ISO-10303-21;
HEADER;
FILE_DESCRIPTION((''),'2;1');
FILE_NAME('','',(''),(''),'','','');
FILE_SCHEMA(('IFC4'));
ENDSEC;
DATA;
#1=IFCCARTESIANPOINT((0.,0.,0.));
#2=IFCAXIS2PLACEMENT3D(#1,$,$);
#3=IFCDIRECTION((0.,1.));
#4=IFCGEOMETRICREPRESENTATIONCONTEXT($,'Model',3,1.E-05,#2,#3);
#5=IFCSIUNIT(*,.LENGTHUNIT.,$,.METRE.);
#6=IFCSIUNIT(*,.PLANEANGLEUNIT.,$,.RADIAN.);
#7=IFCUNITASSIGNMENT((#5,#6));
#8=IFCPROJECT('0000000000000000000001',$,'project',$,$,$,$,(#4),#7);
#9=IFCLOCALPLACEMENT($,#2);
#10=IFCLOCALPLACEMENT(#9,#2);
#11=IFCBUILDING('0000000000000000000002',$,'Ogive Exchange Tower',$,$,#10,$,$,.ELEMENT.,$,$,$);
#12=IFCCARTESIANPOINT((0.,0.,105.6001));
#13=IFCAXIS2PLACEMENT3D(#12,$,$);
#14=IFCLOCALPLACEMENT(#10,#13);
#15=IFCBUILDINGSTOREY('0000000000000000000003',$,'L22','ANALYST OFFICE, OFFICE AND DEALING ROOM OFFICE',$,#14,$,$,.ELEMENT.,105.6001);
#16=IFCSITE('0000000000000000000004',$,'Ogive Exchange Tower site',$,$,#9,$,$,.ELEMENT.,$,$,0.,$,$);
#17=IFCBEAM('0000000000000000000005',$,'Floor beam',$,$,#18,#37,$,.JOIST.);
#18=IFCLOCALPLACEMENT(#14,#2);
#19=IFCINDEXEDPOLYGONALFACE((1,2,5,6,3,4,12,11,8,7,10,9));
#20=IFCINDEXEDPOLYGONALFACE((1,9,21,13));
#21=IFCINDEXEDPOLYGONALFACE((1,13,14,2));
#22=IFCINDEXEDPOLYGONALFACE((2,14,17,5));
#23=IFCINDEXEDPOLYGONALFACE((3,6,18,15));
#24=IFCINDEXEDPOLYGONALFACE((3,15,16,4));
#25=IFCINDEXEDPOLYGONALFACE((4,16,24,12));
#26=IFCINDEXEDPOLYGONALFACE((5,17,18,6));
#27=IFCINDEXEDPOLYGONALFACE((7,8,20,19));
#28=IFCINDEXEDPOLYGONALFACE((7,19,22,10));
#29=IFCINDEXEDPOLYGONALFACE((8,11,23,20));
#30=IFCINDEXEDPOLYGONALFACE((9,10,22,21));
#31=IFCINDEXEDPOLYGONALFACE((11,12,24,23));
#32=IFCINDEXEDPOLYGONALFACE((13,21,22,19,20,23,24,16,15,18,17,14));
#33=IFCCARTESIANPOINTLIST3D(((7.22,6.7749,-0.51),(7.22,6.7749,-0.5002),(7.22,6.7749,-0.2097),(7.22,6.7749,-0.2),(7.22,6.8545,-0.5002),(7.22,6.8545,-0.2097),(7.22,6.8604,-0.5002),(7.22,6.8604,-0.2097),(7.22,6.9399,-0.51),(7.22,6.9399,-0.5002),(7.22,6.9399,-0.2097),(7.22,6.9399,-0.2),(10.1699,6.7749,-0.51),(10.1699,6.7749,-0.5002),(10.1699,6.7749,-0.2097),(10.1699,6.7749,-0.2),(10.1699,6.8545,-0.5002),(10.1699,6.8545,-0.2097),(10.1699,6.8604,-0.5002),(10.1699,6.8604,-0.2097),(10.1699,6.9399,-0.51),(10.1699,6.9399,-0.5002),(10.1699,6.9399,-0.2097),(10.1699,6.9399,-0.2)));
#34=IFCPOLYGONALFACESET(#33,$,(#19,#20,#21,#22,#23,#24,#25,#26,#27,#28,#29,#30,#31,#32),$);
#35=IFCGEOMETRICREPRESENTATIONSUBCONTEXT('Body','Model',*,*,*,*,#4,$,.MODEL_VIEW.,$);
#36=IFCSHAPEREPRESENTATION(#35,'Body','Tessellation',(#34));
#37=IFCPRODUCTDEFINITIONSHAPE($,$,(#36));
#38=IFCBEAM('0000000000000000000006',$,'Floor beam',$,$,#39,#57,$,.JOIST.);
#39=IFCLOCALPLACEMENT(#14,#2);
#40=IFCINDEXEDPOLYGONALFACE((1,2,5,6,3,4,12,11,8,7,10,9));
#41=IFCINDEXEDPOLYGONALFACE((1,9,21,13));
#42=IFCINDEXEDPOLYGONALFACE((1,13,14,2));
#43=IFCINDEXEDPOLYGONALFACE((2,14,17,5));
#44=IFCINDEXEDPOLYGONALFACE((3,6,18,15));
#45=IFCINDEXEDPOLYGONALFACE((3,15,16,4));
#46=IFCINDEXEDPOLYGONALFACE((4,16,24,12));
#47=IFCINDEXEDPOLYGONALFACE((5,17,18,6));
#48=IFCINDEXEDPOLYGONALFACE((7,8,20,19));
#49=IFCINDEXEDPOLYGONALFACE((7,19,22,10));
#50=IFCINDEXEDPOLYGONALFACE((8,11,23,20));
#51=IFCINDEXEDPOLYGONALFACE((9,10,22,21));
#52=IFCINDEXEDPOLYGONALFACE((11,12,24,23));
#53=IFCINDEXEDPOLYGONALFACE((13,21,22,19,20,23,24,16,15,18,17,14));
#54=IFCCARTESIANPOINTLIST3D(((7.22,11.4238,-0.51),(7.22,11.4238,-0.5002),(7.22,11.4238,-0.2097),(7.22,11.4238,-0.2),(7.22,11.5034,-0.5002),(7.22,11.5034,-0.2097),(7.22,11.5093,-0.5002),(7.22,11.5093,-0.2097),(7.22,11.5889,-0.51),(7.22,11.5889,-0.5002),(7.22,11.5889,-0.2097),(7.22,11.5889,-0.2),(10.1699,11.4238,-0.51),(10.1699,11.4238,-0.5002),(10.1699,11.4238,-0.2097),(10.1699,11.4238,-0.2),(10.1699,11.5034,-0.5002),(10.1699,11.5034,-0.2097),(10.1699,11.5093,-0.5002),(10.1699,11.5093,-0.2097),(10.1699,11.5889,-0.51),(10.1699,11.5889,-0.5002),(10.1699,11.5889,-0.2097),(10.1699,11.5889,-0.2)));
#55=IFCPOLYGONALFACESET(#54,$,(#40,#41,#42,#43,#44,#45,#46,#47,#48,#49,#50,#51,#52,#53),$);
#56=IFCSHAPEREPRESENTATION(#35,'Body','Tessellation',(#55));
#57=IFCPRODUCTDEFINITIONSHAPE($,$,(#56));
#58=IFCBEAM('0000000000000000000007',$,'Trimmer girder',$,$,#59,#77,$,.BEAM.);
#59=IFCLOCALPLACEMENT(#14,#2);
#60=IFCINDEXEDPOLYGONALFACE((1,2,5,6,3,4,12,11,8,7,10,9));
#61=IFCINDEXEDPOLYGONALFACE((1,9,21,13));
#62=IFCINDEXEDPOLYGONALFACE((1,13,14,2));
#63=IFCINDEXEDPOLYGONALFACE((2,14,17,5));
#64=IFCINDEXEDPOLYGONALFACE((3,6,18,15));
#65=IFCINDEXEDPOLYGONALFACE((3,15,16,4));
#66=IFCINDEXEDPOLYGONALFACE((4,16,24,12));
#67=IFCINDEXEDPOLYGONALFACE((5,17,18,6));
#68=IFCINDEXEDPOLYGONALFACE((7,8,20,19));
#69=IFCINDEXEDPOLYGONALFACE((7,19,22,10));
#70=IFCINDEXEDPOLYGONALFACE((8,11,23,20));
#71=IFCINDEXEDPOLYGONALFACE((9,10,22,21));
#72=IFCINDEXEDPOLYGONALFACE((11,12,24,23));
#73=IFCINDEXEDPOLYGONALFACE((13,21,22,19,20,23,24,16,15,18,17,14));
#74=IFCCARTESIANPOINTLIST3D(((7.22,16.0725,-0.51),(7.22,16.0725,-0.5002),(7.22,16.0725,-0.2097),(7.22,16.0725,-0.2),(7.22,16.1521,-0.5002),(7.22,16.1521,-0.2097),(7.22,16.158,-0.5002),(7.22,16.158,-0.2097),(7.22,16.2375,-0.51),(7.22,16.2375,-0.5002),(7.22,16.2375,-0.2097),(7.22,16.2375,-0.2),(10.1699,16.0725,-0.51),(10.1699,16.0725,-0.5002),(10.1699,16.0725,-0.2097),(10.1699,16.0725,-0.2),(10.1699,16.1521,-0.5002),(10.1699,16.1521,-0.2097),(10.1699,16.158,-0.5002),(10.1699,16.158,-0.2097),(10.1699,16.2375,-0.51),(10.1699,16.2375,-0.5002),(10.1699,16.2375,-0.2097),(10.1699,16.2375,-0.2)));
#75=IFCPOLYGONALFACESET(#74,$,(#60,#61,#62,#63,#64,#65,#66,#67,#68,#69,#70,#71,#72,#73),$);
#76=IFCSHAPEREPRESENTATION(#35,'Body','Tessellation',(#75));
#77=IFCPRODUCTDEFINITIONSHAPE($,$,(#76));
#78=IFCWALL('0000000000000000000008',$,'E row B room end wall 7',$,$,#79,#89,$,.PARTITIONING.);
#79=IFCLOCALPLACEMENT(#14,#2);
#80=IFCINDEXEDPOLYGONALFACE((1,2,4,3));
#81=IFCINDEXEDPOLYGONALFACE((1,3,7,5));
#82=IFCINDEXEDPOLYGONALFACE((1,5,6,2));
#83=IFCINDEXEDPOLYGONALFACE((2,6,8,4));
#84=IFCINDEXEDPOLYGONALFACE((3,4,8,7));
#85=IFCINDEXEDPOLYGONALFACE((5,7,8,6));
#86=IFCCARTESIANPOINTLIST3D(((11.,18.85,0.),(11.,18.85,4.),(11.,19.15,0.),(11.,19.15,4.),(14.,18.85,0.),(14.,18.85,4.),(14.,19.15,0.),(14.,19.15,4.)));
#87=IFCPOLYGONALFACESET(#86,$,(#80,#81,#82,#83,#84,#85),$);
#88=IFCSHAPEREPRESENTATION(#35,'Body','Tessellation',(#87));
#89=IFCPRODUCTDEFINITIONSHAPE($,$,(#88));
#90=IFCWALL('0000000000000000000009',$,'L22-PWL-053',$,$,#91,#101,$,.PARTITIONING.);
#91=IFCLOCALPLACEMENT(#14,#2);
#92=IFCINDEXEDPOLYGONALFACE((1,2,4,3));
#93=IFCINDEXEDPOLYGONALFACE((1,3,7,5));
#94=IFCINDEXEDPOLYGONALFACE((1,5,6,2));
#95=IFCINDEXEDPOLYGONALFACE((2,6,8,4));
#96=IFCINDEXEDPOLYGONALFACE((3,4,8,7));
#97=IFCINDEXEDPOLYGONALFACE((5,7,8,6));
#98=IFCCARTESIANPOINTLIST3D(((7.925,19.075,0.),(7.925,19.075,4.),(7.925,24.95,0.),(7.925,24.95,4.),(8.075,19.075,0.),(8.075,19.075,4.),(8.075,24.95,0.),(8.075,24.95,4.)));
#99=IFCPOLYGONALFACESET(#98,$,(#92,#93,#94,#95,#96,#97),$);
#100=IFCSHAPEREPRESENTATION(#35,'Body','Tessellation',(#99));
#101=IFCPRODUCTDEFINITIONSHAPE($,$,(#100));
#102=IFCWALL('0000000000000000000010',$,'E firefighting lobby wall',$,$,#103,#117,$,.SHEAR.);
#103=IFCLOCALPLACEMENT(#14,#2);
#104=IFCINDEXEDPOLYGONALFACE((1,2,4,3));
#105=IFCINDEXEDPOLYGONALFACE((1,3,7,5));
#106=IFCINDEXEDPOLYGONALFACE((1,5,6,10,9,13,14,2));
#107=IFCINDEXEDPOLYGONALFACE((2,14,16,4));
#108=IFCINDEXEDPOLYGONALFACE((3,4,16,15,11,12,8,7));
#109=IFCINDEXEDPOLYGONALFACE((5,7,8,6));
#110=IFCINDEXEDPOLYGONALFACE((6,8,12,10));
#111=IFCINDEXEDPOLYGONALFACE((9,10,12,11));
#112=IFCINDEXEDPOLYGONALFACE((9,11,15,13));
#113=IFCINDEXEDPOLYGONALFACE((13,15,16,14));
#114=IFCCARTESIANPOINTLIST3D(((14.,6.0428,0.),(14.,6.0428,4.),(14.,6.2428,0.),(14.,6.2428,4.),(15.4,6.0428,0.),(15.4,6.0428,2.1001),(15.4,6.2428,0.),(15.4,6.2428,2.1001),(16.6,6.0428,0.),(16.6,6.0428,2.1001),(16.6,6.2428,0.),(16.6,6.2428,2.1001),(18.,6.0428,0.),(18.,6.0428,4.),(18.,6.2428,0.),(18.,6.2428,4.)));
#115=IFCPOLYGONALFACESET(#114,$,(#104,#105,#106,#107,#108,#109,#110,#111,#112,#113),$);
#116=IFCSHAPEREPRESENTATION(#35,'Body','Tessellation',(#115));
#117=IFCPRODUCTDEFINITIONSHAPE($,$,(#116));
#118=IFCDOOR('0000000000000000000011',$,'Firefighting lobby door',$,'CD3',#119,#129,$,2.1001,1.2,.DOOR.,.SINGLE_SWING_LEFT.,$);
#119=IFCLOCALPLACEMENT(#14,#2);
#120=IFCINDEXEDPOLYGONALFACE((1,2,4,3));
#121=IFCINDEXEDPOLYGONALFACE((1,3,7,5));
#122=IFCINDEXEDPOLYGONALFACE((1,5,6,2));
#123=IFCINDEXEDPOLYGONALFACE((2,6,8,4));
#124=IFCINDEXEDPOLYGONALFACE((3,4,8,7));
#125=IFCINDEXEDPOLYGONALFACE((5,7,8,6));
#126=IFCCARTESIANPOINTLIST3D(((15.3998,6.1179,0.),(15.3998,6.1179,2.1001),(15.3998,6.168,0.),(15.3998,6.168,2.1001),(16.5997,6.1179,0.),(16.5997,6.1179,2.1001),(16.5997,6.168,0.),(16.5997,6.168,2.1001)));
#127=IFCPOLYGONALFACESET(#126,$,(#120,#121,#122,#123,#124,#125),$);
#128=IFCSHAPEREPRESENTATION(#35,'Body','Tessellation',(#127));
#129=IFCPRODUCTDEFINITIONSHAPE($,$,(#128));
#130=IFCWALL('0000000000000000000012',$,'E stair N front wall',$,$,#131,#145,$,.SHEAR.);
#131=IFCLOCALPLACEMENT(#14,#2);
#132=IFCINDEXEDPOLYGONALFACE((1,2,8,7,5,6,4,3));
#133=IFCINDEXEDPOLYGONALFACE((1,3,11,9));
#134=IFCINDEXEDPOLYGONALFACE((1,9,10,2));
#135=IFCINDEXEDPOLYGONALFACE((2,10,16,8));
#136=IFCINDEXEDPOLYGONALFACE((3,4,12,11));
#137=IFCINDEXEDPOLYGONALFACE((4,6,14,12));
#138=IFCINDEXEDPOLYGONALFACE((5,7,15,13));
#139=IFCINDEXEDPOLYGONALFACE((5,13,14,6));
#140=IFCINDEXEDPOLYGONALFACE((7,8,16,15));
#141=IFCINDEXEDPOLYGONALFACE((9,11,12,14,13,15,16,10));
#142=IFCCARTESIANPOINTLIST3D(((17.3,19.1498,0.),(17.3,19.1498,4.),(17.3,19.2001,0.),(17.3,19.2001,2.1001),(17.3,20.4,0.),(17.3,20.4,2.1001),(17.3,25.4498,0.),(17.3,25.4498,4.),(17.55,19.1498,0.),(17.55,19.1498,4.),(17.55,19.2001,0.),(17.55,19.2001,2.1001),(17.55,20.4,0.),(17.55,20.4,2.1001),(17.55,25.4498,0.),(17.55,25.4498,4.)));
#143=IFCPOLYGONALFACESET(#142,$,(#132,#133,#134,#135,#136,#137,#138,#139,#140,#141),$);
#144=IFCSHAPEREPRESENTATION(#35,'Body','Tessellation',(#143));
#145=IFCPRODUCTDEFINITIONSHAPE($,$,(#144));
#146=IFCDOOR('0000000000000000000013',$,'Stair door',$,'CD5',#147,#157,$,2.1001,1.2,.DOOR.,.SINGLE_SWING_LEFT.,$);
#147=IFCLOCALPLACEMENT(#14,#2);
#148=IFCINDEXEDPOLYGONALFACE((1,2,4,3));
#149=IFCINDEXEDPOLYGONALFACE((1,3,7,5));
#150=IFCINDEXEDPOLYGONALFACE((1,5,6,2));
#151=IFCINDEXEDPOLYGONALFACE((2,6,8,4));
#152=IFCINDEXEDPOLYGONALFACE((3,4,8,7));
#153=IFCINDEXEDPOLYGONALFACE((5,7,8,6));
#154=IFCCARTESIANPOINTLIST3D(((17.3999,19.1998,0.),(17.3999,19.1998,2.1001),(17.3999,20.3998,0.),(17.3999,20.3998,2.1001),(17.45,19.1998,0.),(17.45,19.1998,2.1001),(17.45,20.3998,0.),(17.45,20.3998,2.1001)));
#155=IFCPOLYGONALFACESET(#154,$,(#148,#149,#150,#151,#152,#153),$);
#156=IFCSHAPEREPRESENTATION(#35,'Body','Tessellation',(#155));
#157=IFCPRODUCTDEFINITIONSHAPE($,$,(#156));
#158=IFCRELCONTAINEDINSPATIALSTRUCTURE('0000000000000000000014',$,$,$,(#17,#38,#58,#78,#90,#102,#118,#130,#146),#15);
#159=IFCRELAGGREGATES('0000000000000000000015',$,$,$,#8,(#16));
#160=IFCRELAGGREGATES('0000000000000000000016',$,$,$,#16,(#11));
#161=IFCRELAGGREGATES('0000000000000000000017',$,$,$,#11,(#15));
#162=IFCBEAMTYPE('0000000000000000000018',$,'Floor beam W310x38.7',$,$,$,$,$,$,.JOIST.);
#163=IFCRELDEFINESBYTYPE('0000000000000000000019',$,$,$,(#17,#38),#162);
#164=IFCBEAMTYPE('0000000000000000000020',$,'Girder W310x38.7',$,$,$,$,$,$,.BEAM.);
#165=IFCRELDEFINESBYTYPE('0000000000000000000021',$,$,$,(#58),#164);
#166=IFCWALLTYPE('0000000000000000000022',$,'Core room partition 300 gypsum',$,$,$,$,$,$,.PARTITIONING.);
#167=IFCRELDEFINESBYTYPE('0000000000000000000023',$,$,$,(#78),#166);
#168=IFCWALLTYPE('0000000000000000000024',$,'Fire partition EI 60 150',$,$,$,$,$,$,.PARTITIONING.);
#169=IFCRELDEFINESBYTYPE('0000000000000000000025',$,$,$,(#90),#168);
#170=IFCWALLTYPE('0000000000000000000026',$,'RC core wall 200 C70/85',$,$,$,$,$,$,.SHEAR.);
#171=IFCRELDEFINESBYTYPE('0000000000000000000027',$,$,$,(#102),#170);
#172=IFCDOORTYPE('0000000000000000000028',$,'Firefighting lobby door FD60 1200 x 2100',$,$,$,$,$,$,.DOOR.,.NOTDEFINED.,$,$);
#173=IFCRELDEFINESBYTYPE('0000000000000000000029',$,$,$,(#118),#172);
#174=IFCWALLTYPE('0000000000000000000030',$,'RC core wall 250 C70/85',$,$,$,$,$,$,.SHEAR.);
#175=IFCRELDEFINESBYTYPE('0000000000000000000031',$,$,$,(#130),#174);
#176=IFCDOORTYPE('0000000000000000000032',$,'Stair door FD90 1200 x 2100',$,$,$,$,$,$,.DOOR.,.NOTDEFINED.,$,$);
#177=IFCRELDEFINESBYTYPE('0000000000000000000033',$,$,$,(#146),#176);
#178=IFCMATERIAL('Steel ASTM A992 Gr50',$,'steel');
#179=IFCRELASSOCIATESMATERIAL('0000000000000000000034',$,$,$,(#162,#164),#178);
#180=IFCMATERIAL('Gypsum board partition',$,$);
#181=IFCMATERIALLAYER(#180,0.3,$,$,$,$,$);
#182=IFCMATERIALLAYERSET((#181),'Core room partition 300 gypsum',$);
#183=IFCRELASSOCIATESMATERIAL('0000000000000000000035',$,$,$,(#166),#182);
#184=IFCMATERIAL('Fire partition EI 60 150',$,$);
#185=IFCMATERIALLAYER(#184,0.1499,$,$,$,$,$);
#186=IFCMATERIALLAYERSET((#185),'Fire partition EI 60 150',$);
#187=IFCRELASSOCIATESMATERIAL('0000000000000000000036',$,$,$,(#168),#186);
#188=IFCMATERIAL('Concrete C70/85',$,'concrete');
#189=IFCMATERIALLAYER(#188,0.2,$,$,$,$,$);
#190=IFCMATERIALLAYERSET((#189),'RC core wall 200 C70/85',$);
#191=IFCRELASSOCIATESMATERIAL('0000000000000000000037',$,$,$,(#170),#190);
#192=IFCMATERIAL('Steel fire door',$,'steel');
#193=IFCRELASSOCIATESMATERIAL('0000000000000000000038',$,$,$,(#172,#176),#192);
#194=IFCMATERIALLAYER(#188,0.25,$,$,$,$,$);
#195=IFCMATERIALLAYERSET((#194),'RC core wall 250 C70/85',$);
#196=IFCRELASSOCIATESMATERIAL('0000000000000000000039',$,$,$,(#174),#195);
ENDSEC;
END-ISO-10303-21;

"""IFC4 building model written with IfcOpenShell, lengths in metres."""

from ifc_helpers import new_model, si_unit, direction, frame, frame_2d, origin, origin_2d, place, context, subcontext, project, spatial, rectangle, i_section, extrude, material, layer, layer_set, material_profile, profile_set, type_object, element, fill, save


model = new_model("IFC4")

# Units and contexts
model_context = context("Model", 3, precision=1e-05, world=origin(), true_north=direction((0.0, 1.0)))
body_context = subcontext(model_context, "Body", "Model", "MODEL_VIEW")
ifc_project = project(units=[si_unit("LENGTHUNIT", "METRE"), si_unit("PLANEANGLEUNIT", "RADIAN")], contexts=[model_context])

# Site, building, storey
site_placement = place(None, origin())
site = spatial("IfcSite", under=ifc_project, at=site_placement, Name="Ogive Exchange Tower site", CompositionType="ELEMENT", RefElevation=0.0)
building_placement = place(site_placement, origin())
building = spatial("IfcBuilding", under=site, at=building_placement, Name="Ogive Exchange Tower", CompositionType="ELEMENT")
storey_placement = place(building_placement, frame((0.0, 0.0, 105.6001)))
storey = spatial("IfcBuildingStorey", under=building, at=storey_placement, Name="L22", Description="ANALYST OFFICE, OFFICE AND DEALING ROOM OFFICE", CompositionType="ELEMENT", Elevation=105.6001)

# Beams
ifc_material_1 = material(Name="Steel ASTM A992 Gr50", Category="steel")
ifc_material_profile_1 = material_profile(ifc_material_1, i_section(OverallWidth=0.165, OverallDepth=0.3101, WebThickness=0.0059, FlangeThickness=0.0098, at=origin_2d()), Name="W310x38.7")
ifc_profile_set_1 = profile_set([ifc_material_profile_1], Name="Steel ASTM A992 Gr50")
beam_type_1 = type_object("IfcBeamType", Name="Floor beam W310x38.7", PredefinedType="JOIST", material=ifc_profile_set_1)
for number, where, z_axis, x_axis, name in (
    (1, (7.22, 6.8574, -0.355), (1.0, 0.0, 0.0), (0.0, 1.0, 0.0), "Floor beam"),
    (2, (7.22, 11.5063, -0.355), (1.0, 0.0, 0.0), (0.0, 1.0, 0.0), "Floor beam"),
):
    element("IfcBeam", number, at=place(storey_placement, frame(where, z_axis=z_axis, x_axis=x_axis)), inside=storey, type_object=beam_type_1, Name=name, PredefinedType="JOIST", context=body_context, shape_type="SweptSolid", body=[
        extrude(i_section(OverallWidth=0.165, OverallDepth=0.3101, WebThickness=0.0059, FlangeThickness=0.0098, at=origin_2d()), origin(), (0.0, 0.0, 1.0), 2.95),
    ])
ifc_material_profile_2 = material_profile(ifc_material_1, i_section(OverallWidth=0.165, OverallDepth=0.3101, WebThickness=0.0059, FlangeThickness=0.0098, at=origin_2d()), Name="W310x38.7")
ifc_profile_set_2 = profile_set([ifc_material_profile_2], Name="Steel ASTM A992 Gr50")
beam_type_2 = type_object("IfcBeamType", Name="Girder W310x38.7", PredefinedType="BEAM", material=ifc_profile_set_2)
beam_placement = place(storey_placement, frame((7.22, 16.155, -0.355), z_axis=(1.0, 0.0, 0.0), x_axis=(0.0, 1.0, 0.0)))
element("IfcBeam", 3, at=beam_placement, inside=storey, type_object=beam_type_2, Name="Trimmer girder", PredefinedType="BEAM", context=body_context, shape_type="SweptSolid", body=[
    extrude(i_section(OverallWidth=0.165, OverallDepth=0.3101, WebThickness=0.0059, FlangeThickness=0.0098, at=origin_2d()), origin(), (0.0, 0.0, 1.0), 2.95),
])

# Walls
ifc_material_2 = material(Name="Gypsum board partition")
ifc_layer_1 = layer(ifc_material_2, 0.3)
ifc_layer_set_1 = layer_set([ifc_layer_1], Name="Core room partition 300 gypsum")
wall_type_1 = type_object("IfcWallType", Name="Core room partition 300 gypsum", PredefinedType="PARTITIONING", material=ifc_layer_set_1)
wall_1_placement = place(storey_placement, frame((11.0, 19.0, 0.0), z_axis=(0.0, 0.0, 1.0), x_axis=(1.0, 0.0, 0.0)))
element("IfcWall", 4, at=wall_1_placement, inside=storey, type_object=wall_type_1, Name="E row B room end wall 7", PredefinedType="PARTITIONING", context=body_context, shape_type="SweptSolid", body=[
    extrude(rectangle(XDim=3.0, YDim=0.3, at=frame_2d((1.5, 0.0))), origin(), (0.0, 0.0, 1.0), 4.0),
])
ifc_material_3 = material(Name="Fire partition EI 60 150")
ifc_layer_2 = layer(ifc_material_3, 0.1499)
ifc_layer_set_2 = layer_set([ifc_layer_2], Name="Fire partition EI 60 150")
wall_type_2 = type_object("IfcWallType", Name="Fire partition EI 60 150", PredefinedType="PARTITIONING", material=ifc_layer_set_2)
wall_2_placement = place(storey_placement, frame((8.0, 19.075, 0.0), z_axis=(0.0, 0.0, 1.0), x_axis=(0.0, 1.0, 0.0)))
element("IfcWall", 5, at=wall_2_placement, inside=storey, type_object=wall_type_2, Name="L22-PWL-053", PredefinedType="PARTITIONING", context=body_context, shape_type="SweptSolid", body=[
    extrude(rectangle(XDim=5.875, YDim=0.1499, at=frame_2d((2.9375, 0.0))), origin(), (0.0, 0.0, 1.0), 4.0),
])

# Walls, openings, doors
ifc_material_4 = material(Name="Concrete C70/85", Category="concrete")
ifc_layer_3 = layer(ifc_material_4, 0.2)
ifc_layer_set_3 = layer_set([ifc_layer_3], Name="RC core wall 200 C70/85")
wall_type_3 = type_object("IfcWallType", Name="RC core wall 200 C70/85", PredefinedType="SHEAR", material=ifc_layer_set_3)
wall_3_placement = place(storey_placement, frame((14.0, 6.1428, 0.0), z_axis=(0.0, 0.0, 1.0), x_axis=(1.0, 0.0, 0.0)))
wall_3 = element("IfcWall", 6, at=wall_3_placement, inside=storey, type_object=wall_type_3, Name="E firefighting lobby wall", PredefinedType="SHEAR", context=body_context, shape_type="SweptSolid", body=[
    extrude(rectangle(XDim=4.0, YDim=0.2, at=frame_2d((2.0, 0.0))), origin(), (0.0, 0.0, 1.0), 4.0),
])
opening_1_placement = place(wall_3_placement, frame((1.3999, 0.0, 0.0)))
opening_1 = element("IfcOpeningElement", 7, at=opening_1_placement, cuts=wall_3, PredefinedType="OPENING", context=body_context, shape_type="SweptSolid", body=[
    extrude(rectangle(XDim=1.2, YDim=2.1001, at=frame_2d((0.6001, 1.05))), frame((0.0, 0.1099, 0.0), z_axis=(0.0, -1.0, 0.0), x_axis=(1.0, 0.0, 0.0)), (0.0, 0.0, 1.0), 0.22),
])
ifc_material_5 = material(Name="Steel fire door", Category="steel")
door_type_1 = type_object("IfcDoorType", Name="Firefighting lobby door FD60 1200 x 2100", OperationType="NOTDEFINED", PredefinedType="DOOR", material=ifc_material_5)
door_1_placement = place(opening_1_placement, frame((1.2, 0.0, 0.0), z_axis=(0.0, 0.0, 1.0), x_axis=(-1.0, 0.0, 0.0)))
door_1 = element("IfcDoor", 8, at=door_1_placement, inside=storey, type_object=door_type_1, Name="Firefighting lobby door", ObjectType="CD3", OperationType="SINGLE_SWING_LEFT", OverallHeight=2.1001, OverallWidth=1.2, PredefinedType="DOOR", context=body_context, shape_type="SweptSolid", body=[
    extrude(rectangle(XDim=1.2, YDim=2.1001, at=frame_2d((0.6001, 1.05))), frame((0.0, 0.0249, 0.0), z_axis=(0.0, -1.0, 0.0), x_axis=(1.0, 0.0, 0.0)), (0.0, 0.0, 1.0), 0.05),
])
fill(opening_1, door_1)
ifc_layer_4 = layer(ifc_material_4, 0.25)
ifc_layer_set_4 = layer_set([ifc_layer_4], Name="RC core wall 250 C70/85")
wall_type_4 = type_object("IfcWallType", Name="RC core wall 250 C70/85", PredefinedType="SHEAR", material=ifc_layer_set_4)
wall_4_placement = place(storey_placement, frame((17.425, 19.1499, 0.0), z_axis=(0.0, 0.0, 1.0), x_axis=(0.0, 1.0, 0.0)))
wall_4 = element("IfcWall", 9, at=wall_4_placement, inside=storey, type_object=wall_type_4, Name="E stair N front wall", PredefinedType="SHEAR", context=body_context, shape_type="SweptSolid", body=[
    extrude(rectangle(XDim=6.3, YDim=0.25, at=frame_2d((3.1499, 0.0))), origin(), (0.0, 0.0, 1.0), 4.0),
])
opening_2_placement = place(wall_4_placement, frame((0.05, 0.0, 0.0)))
opening_2 = element("IfcOpeningElement", 10, at=opening_2_placement, cuts=wall_4, PredefinedType="OPENING", context=body_context, shape_type="SweptSolid", body=[
    extrude(rectangle(XDim=1.2, YDim=2.1001, at=frame_2d((0.6001, 1.05))), frame((0.0, 0.135, 0.0), z_axis=(0.0, -1.0, 0.0), x_axis=(1.0, 0.0, 0.0)), (0.0, 0.0, 1.0), 0.27),
])
door_type_2 = type_object("IfcDoorType", Name="Stair door FD90 1200 x 2100", OperationType="NOTDEFINED", PredefinedType="DOOR", material=ifc_material_5)
door_2_placement = place(opening_2_placement, frame((1.2, 0.0, 0.0), z_axis=(0.0, 0.0, 1.0), x_axis=(-1.0, 0.0, 0.0)))
door_2 = element("IfcDoor", 11, at=door_2_placement, inside=storey, type_object=door_type_2, Name="Stair door", ObjectType="CD5", OperationType="SINGLE_SWING_LEFT", OverallHeight=2.1001, OverallWidth=1.2, PredefinedType="DOOR", context=body_context, shape_type="SweptSolid", body=[
    extrude(rectangle(XDim=1.2, YDim=2.1001, at=frame_2d((0.6001, 1.05))), frame((0.0, 0.0249, 0.0), z_axis=(0.0, -1.0, 0.0), x_axis=(1.0, 0.0, 0.0)), (0.0, 0.0, 1.0), 0.05),
])
fill(opening_2, door_2)

save(model, "model.ifc")
